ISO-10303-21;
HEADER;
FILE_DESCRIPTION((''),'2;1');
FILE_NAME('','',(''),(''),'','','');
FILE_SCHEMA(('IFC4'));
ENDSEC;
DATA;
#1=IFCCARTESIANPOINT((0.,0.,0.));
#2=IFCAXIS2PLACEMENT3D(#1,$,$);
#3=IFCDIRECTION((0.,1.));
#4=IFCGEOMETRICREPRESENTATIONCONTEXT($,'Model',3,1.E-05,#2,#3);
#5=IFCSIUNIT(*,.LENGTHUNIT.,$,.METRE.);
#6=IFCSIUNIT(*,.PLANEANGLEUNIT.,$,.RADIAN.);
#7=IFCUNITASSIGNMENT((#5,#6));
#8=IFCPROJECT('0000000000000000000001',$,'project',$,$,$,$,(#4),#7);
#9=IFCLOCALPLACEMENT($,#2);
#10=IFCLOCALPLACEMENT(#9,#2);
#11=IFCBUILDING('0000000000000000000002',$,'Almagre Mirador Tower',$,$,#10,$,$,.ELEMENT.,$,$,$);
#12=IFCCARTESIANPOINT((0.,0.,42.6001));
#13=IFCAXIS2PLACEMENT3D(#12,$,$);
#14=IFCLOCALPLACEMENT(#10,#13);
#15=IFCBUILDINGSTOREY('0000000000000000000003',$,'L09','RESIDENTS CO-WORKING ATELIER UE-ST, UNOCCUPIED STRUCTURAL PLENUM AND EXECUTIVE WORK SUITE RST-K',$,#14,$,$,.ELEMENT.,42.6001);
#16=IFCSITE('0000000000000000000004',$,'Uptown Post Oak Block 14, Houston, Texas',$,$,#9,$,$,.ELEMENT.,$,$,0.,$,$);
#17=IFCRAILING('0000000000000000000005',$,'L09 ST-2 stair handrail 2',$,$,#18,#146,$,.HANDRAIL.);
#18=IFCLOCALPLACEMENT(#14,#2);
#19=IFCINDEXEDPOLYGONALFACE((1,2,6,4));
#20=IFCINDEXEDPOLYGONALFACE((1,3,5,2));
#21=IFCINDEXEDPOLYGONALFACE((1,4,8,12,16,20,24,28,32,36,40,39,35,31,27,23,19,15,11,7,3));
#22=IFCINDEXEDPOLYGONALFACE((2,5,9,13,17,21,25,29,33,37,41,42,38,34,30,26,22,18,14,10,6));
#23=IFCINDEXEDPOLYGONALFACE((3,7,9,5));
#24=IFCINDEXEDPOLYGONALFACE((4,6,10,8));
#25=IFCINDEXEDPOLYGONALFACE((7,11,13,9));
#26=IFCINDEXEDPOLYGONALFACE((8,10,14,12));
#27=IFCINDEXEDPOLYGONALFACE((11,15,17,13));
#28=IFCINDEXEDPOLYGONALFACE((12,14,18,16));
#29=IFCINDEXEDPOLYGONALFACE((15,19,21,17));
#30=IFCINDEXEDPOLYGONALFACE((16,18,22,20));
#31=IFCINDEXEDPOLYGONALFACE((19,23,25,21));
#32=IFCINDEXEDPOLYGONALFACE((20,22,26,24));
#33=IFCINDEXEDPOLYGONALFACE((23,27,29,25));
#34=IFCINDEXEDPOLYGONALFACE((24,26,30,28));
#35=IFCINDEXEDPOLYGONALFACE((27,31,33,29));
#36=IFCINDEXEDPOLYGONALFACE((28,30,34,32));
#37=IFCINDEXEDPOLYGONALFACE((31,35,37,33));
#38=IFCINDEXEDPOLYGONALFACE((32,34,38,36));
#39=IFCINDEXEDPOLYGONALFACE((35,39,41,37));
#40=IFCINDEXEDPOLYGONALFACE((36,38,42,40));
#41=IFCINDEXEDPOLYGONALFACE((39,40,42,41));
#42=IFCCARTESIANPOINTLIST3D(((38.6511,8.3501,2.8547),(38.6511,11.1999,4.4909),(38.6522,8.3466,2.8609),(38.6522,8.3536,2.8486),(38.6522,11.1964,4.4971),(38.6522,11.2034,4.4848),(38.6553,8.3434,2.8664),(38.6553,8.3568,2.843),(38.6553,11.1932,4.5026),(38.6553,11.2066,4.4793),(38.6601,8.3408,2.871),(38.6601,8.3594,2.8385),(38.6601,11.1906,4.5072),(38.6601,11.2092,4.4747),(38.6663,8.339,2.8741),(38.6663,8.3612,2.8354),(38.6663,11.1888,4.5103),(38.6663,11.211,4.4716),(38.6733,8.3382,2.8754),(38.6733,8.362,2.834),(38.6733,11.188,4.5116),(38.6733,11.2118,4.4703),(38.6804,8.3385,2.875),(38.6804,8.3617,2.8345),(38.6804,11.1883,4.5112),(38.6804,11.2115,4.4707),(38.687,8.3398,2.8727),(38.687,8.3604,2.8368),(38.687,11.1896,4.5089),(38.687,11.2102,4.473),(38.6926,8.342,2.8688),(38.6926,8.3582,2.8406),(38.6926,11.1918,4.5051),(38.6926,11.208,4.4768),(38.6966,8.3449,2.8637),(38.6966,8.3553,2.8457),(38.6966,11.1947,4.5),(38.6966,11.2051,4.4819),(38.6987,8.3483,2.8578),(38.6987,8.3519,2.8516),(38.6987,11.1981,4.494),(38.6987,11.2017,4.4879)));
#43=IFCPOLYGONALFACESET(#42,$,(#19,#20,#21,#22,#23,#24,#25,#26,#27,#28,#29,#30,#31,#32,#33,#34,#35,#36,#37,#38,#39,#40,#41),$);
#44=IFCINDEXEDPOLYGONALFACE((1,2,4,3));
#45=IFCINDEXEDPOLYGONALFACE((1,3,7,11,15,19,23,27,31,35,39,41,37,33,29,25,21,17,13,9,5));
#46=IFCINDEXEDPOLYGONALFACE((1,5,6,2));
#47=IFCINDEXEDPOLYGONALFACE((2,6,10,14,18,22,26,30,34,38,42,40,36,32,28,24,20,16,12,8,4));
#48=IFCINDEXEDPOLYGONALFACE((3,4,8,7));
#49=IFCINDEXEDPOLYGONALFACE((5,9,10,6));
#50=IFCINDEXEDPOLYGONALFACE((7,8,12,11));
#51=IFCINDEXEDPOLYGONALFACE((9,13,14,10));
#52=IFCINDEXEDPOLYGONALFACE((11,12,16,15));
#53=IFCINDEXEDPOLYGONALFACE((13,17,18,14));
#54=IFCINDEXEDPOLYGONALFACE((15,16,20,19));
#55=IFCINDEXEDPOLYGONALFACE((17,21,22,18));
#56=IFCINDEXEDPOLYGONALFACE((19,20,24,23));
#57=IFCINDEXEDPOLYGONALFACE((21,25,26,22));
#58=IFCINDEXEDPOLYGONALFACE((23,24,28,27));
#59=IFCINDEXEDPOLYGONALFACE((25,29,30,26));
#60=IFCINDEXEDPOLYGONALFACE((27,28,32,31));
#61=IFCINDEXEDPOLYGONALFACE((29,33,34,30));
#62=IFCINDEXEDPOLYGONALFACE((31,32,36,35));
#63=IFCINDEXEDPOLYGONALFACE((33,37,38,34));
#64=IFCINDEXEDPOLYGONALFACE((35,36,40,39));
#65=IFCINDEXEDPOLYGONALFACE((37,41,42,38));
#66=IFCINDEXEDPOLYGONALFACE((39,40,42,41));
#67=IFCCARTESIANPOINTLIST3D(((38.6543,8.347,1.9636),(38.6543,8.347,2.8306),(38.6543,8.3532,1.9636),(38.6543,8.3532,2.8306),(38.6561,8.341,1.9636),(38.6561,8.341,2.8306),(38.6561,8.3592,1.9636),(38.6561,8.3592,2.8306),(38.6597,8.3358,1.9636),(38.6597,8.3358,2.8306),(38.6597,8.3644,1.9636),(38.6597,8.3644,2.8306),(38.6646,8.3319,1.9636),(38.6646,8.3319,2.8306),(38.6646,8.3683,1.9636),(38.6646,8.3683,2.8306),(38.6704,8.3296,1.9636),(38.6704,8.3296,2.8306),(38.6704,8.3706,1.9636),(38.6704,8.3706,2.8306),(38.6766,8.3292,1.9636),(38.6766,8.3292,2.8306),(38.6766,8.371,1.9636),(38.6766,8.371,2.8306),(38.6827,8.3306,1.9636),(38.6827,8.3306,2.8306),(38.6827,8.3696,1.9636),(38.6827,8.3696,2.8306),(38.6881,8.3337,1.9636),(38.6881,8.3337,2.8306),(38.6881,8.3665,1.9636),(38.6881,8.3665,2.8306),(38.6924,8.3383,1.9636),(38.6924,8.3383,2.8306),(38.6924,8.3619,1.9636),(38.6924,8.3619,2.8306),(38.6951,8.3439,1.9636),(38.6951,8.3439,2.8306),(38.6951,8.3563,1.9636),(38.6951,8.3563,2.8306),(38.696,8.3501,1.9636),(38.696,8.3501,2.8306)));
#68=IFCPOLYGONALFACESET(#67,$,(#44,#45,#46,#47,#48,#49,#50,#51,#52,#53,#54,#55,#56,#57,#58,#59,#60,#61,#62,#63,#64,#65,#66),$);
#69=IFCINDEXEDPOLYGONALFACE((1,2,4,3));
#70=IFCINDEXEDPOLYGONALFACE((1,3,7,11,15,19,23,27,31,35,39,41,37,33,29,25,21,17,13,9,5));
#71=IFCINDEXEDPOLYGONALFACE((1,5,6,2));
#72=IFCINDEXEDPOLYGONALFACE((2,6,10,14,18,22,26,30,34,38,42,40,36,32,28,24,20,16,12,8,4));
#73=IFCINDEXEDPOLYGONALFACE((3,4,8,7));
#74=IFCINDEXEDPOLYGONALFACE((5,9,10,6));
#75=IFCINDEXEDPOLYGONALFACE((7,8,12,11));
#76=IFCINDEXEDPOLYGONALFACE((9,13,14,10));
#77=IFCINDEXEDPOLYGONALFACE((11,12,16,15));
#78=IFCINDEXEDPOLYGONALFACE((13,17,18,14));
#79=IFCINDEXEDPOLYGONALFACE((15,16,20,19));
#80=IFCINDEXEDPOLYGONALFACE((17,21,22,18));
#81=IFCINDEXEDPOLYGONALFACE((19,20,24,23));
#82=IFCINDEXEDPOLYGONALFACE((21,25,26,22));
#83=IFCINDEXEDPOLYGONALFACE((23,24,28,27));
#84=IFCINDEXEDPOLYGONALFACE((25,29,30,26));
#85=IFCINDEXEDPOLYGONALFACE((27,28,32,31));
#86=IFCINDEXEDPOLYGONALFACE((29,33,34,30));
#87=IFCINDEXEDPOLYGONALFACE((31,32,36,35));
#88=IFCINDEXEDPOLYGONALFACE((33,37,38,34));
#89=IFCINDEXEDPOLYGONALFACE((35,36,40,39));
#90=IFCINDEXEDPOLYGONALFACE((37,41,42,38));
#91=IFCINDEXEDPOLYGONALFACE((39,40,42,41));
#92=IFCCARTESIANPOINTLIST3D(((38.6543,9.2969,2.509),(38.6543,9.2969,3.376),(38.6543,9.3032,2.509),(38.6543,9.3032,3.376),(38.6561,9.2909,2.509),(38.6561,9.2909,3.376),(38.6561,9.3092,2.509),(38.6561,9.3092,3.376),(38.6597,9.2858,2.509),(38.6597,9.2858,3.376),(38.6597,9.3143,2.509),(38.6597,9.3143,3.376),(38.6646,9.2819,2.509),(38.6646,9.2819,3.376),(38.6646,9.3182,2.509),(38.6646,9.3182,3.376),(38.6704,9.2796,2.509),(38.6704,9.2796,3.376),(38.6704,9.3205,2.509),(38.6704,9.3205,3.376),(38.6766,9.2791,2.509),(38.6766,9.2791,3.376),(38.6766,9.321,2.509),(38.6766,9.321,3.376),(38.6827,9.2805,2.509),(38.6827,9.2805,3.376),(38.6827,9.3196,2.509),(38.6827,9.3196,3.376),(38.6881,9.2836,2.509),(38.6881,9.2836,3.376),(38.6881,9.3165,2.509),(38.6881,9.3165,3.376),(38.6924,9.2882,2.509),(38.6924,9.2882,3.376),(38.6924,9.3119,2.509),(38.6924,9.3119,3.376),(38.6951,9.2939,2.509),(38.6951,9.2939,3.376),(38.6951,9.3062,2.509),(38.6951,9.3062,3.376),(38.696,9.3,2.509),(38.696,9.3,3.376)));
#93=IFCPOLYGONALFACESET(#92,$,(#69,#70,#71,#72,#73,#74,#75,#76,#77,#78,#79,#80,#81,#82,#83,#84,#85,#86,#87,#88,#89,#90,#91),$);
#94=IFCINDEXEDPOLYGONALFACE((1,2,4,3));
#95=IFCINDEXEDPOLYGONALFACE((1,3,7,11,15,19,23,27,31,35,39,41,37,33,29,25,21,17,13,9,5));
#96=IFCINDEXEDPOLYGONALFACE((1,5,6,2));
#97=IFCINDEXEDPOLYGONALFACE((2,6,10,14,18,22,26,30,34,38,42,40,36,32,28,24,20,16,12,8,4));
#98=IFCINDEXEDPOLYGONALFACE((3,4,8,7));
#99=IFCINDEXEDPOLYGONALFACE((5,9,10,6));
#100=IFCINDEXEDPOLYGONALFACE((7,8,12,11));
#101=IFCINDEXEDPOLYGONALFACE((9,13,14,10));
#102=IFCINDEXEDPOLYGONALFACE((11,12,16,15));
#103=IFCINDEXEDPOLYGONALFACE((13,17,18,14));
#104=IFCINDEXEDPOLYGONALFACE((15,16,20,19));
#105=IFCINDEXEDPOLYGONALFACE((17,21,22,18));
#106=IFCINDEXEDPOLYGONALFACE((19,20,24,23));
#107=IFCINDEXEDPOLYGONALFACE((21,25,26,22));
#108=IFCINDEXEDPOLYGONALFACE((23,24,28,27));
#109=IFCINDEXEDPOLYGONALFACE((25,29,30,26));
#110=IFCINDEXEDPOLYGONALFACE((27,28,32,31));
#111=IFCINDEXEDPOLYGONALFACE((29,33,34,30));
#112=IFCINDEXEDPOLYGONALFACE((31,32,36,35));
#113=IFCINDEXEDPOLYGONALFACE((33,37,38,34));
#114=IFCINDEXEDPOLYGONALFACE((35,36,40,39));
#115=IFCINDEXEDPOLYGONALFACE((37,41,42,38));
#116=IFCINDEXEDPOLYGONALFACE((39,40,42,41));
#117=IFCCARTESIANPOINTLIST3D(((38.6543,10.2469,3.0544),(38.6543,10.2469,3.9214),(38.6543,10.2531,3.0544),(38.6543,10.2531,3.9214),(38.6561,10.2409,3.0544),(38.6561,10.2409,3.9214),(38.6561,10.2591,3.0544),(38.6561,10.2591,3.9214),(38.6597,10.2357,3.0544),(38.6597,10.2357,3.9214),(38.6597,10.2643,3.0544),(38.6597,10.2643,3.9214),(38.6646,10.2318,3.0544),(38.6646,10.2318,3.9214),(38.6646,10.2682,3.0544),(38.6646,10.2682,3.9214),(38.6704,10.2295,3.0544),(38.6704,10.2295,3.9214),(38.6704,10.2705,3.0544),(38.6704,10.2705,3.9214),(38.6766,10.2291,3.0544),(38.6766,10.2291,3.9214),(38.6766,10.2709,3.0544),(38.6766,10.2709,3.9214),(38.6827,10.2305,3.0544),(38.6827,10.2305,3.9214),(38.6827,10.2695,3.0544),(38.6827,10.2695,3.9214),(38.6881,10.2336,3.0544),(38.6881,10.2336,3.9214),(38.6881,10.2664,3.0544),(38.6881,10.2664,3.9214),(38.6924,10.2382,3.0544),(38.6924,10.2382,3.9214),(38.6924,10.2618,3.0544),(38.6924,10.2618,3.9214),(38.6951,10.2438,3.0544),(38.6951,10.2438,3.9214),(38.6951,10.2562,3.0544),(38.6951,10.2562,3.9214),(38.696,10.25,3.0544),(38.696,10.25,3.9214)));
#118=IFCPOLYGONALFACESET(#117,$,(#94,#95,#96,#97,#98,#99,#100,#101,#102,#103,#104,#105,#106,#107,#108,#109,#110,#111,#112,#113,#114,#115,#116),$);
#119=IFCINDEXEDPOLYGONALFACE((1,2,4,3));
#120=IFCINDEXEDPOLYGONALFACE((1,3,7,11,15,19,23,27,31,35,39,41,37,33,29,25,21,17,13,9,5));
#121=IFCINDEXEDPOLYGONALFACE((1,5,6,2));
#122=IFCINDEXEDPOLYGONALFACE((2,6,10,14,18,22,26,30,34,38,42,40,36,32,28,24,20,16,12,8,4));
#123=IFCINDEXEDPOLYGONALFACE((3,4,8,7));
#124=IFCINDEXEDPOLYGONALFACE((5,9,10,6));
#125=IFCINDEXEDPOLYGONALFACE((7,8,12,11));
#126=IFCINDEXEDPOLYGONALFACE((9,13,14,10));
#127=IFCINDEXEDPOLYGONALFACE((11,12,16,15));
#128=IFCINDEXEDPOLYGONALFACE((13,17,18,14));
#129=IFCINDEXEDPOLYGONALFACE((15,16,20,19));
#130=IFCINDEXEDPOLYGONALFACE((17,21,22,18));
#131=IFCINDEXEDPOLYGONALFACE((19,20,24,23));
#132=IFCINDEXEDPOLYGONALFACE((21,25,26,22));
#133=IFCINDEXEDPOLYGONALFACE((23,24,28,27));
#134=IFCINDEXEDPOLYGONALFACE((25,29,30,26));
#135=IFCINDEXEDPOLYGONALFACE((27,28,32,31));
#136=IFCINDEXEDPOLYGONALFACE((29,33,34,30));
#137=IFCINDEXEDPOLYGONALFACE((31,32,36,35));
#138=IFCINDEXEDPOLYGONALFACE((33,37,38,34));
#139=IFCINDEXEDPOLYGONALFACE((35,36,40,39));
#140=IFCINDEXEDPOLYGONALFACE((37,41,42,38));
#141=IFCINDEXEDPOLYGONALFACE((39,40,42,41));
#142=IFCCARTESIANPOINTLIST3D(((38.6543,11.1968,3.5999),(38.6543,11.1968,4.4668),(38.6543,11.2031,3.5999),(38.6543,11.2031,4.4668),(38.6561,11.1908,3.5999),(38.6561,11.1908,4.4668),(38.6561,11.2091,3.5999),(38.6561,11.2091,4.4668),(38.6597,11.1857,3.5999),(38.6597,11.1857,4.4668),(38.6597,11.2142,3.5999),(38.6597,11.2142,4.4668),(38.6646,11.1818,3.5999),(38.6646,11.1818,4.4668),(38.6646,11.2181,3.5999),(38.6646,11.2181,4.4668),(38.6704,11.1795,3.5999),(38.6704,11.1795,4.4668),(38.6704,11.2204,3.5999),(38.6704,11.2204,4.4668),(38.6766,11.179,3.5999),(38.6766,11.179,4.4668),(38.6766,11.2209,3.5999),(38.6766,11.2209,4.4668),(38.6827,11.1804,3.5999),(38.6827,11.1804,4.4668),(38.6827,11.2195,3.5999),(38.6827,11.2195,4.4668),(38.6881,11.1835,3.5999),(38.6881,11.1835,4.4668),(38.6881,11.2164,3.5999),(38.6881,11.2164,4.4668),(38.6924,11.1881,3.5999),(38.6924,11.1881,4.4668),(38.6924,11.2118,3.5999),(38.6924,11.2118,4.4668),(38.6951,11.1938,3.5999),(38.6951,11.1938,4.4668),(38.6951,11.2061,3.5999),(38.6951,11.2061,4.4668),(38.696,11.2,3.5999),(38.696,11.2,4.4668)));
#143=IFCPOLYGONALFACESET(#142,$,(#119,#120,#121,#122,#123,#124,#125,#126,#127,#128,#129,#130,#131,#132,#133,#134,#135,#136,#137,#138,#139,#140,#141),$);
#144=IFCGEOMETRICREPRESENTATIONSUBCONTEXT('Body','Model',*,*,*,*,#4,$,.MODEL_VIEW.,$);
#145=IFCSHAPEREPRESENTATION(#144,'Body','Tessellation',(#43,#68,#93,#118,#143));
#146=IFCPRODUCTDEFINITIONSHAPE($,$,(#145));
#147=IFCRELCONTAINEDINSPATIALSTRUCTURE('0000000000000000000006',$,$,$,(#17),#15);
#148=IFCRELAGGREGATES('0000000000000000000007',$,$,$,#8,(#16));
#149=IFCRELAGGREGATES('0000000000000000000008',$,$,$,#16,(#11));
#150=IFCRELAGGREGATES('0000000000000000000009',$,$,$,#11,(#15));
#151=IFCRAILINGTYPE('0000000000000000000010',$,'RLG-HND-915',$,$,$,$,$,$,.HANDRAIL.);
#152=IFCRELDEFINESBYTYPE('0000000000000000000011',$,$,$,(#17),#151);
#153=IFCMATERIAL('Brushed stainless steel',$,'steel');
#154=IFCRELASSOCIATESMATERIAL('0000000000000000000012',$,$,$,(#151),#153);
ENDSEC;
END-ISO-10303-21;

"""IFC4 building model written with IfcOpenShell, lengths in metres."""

from ifc_helpers import new_model, si_unit, direction, frame, origin, origin_2d, place, context, subcontext, project, spatial, circle, extrude, material, type_object, element, save


model = new_model("IFC4")

# Units and contexts
model_context = context("Model", 3, precision=1e-05, world=origin(), true_north=direction((0.0, 1.0)))
body_context = subcontext(model_context, "Body", "Model", "MODEL_VIEW")
ifc_project = project(units=[si_unit("LENGTHUNIT", "METRE"), si_unit("PLANEANGLEUNIT", "RADIAN")], contexts=[model_context])

# Site, building, storey
site_placement = place(None, origin())
site = spatial("IfcSite", under=ifc_project, at=site_placement, Name="Uptown Post Oak Block 14, Houston, Texas", CompositionType="ELEMENT", RefElevation=0.0)
building_placement = place(site_placement, origin())
building = spatial("IfcBuilding", under=site, at=building_placement, Name="Almagre Mirador Tower", CompositionType="ELEMENT")
storey_placement = place(building_placement, frame((0.0, 0.0, 42.6001)))
storey = spatial("IfcBuildingStorey", under=building, at=storey_placement, Name="L09", Description="RESIDENTS CO-WORKING ATELIER UE-ST, UNOCCUPIED STRUCTURAL PLENUM AND EXECUTIVE WORK SUITE RST-K", CompositionType="ELEMENT", Elevation=42.6001)

# Railing
ifc_material_1 = material(Name="Brushed stainless steel", Category="steel")
railing_type_1 = type_object("IfcRailingType", Name="RLG-HND-915", PredefinedType="HANDRAIL", material=ifc_material_1)
railing_1_placement = place(storey_placement, frame((38.675, 8.3501, 1.9636)))
element("IfcRailing", 1, at=railing_1_placement, inside=storey, type_object=railing_type_1, Name="L09 ST-2 stair handrail 2", PredefinedType="HANDRAIL", context=body_context, shape_type="SweptSolid", body=[
    extrude(circle(Radius=0.0239, at=origin_2d()), frame((0.0, 0.0, 0.8911), z_axis=(0.0, 0.867226, 0.497914), x_axis=(-1.0, 0.0, 0.0)), (0.0, 0.0, 1.0), 3.2861),
    extrude(circle(Radius=0.021, at=origin_2d()), origin(), (0.0, 0.0, 1.0), 0.8669),
    extrude(circle(Radius=0.021, at=origin_2d()), frame((0.0, 0.95, 0.5454)), (0.0, 0.0, 1.0), 0.8669),
    extrude(circle(Radius=0.021, at=origin_2d()), frame((0.0, 1.8999, 1.0908)), (0.0, 0.0, 1.0), 0.8669),
    extrude(circle(Radius=0.021, at=origin_2d()), frame((0.0, 2.8499, 1.6362)), (0.0, 0.0, 1.0), 0.8669),
])

save(model, "model.ifc")
